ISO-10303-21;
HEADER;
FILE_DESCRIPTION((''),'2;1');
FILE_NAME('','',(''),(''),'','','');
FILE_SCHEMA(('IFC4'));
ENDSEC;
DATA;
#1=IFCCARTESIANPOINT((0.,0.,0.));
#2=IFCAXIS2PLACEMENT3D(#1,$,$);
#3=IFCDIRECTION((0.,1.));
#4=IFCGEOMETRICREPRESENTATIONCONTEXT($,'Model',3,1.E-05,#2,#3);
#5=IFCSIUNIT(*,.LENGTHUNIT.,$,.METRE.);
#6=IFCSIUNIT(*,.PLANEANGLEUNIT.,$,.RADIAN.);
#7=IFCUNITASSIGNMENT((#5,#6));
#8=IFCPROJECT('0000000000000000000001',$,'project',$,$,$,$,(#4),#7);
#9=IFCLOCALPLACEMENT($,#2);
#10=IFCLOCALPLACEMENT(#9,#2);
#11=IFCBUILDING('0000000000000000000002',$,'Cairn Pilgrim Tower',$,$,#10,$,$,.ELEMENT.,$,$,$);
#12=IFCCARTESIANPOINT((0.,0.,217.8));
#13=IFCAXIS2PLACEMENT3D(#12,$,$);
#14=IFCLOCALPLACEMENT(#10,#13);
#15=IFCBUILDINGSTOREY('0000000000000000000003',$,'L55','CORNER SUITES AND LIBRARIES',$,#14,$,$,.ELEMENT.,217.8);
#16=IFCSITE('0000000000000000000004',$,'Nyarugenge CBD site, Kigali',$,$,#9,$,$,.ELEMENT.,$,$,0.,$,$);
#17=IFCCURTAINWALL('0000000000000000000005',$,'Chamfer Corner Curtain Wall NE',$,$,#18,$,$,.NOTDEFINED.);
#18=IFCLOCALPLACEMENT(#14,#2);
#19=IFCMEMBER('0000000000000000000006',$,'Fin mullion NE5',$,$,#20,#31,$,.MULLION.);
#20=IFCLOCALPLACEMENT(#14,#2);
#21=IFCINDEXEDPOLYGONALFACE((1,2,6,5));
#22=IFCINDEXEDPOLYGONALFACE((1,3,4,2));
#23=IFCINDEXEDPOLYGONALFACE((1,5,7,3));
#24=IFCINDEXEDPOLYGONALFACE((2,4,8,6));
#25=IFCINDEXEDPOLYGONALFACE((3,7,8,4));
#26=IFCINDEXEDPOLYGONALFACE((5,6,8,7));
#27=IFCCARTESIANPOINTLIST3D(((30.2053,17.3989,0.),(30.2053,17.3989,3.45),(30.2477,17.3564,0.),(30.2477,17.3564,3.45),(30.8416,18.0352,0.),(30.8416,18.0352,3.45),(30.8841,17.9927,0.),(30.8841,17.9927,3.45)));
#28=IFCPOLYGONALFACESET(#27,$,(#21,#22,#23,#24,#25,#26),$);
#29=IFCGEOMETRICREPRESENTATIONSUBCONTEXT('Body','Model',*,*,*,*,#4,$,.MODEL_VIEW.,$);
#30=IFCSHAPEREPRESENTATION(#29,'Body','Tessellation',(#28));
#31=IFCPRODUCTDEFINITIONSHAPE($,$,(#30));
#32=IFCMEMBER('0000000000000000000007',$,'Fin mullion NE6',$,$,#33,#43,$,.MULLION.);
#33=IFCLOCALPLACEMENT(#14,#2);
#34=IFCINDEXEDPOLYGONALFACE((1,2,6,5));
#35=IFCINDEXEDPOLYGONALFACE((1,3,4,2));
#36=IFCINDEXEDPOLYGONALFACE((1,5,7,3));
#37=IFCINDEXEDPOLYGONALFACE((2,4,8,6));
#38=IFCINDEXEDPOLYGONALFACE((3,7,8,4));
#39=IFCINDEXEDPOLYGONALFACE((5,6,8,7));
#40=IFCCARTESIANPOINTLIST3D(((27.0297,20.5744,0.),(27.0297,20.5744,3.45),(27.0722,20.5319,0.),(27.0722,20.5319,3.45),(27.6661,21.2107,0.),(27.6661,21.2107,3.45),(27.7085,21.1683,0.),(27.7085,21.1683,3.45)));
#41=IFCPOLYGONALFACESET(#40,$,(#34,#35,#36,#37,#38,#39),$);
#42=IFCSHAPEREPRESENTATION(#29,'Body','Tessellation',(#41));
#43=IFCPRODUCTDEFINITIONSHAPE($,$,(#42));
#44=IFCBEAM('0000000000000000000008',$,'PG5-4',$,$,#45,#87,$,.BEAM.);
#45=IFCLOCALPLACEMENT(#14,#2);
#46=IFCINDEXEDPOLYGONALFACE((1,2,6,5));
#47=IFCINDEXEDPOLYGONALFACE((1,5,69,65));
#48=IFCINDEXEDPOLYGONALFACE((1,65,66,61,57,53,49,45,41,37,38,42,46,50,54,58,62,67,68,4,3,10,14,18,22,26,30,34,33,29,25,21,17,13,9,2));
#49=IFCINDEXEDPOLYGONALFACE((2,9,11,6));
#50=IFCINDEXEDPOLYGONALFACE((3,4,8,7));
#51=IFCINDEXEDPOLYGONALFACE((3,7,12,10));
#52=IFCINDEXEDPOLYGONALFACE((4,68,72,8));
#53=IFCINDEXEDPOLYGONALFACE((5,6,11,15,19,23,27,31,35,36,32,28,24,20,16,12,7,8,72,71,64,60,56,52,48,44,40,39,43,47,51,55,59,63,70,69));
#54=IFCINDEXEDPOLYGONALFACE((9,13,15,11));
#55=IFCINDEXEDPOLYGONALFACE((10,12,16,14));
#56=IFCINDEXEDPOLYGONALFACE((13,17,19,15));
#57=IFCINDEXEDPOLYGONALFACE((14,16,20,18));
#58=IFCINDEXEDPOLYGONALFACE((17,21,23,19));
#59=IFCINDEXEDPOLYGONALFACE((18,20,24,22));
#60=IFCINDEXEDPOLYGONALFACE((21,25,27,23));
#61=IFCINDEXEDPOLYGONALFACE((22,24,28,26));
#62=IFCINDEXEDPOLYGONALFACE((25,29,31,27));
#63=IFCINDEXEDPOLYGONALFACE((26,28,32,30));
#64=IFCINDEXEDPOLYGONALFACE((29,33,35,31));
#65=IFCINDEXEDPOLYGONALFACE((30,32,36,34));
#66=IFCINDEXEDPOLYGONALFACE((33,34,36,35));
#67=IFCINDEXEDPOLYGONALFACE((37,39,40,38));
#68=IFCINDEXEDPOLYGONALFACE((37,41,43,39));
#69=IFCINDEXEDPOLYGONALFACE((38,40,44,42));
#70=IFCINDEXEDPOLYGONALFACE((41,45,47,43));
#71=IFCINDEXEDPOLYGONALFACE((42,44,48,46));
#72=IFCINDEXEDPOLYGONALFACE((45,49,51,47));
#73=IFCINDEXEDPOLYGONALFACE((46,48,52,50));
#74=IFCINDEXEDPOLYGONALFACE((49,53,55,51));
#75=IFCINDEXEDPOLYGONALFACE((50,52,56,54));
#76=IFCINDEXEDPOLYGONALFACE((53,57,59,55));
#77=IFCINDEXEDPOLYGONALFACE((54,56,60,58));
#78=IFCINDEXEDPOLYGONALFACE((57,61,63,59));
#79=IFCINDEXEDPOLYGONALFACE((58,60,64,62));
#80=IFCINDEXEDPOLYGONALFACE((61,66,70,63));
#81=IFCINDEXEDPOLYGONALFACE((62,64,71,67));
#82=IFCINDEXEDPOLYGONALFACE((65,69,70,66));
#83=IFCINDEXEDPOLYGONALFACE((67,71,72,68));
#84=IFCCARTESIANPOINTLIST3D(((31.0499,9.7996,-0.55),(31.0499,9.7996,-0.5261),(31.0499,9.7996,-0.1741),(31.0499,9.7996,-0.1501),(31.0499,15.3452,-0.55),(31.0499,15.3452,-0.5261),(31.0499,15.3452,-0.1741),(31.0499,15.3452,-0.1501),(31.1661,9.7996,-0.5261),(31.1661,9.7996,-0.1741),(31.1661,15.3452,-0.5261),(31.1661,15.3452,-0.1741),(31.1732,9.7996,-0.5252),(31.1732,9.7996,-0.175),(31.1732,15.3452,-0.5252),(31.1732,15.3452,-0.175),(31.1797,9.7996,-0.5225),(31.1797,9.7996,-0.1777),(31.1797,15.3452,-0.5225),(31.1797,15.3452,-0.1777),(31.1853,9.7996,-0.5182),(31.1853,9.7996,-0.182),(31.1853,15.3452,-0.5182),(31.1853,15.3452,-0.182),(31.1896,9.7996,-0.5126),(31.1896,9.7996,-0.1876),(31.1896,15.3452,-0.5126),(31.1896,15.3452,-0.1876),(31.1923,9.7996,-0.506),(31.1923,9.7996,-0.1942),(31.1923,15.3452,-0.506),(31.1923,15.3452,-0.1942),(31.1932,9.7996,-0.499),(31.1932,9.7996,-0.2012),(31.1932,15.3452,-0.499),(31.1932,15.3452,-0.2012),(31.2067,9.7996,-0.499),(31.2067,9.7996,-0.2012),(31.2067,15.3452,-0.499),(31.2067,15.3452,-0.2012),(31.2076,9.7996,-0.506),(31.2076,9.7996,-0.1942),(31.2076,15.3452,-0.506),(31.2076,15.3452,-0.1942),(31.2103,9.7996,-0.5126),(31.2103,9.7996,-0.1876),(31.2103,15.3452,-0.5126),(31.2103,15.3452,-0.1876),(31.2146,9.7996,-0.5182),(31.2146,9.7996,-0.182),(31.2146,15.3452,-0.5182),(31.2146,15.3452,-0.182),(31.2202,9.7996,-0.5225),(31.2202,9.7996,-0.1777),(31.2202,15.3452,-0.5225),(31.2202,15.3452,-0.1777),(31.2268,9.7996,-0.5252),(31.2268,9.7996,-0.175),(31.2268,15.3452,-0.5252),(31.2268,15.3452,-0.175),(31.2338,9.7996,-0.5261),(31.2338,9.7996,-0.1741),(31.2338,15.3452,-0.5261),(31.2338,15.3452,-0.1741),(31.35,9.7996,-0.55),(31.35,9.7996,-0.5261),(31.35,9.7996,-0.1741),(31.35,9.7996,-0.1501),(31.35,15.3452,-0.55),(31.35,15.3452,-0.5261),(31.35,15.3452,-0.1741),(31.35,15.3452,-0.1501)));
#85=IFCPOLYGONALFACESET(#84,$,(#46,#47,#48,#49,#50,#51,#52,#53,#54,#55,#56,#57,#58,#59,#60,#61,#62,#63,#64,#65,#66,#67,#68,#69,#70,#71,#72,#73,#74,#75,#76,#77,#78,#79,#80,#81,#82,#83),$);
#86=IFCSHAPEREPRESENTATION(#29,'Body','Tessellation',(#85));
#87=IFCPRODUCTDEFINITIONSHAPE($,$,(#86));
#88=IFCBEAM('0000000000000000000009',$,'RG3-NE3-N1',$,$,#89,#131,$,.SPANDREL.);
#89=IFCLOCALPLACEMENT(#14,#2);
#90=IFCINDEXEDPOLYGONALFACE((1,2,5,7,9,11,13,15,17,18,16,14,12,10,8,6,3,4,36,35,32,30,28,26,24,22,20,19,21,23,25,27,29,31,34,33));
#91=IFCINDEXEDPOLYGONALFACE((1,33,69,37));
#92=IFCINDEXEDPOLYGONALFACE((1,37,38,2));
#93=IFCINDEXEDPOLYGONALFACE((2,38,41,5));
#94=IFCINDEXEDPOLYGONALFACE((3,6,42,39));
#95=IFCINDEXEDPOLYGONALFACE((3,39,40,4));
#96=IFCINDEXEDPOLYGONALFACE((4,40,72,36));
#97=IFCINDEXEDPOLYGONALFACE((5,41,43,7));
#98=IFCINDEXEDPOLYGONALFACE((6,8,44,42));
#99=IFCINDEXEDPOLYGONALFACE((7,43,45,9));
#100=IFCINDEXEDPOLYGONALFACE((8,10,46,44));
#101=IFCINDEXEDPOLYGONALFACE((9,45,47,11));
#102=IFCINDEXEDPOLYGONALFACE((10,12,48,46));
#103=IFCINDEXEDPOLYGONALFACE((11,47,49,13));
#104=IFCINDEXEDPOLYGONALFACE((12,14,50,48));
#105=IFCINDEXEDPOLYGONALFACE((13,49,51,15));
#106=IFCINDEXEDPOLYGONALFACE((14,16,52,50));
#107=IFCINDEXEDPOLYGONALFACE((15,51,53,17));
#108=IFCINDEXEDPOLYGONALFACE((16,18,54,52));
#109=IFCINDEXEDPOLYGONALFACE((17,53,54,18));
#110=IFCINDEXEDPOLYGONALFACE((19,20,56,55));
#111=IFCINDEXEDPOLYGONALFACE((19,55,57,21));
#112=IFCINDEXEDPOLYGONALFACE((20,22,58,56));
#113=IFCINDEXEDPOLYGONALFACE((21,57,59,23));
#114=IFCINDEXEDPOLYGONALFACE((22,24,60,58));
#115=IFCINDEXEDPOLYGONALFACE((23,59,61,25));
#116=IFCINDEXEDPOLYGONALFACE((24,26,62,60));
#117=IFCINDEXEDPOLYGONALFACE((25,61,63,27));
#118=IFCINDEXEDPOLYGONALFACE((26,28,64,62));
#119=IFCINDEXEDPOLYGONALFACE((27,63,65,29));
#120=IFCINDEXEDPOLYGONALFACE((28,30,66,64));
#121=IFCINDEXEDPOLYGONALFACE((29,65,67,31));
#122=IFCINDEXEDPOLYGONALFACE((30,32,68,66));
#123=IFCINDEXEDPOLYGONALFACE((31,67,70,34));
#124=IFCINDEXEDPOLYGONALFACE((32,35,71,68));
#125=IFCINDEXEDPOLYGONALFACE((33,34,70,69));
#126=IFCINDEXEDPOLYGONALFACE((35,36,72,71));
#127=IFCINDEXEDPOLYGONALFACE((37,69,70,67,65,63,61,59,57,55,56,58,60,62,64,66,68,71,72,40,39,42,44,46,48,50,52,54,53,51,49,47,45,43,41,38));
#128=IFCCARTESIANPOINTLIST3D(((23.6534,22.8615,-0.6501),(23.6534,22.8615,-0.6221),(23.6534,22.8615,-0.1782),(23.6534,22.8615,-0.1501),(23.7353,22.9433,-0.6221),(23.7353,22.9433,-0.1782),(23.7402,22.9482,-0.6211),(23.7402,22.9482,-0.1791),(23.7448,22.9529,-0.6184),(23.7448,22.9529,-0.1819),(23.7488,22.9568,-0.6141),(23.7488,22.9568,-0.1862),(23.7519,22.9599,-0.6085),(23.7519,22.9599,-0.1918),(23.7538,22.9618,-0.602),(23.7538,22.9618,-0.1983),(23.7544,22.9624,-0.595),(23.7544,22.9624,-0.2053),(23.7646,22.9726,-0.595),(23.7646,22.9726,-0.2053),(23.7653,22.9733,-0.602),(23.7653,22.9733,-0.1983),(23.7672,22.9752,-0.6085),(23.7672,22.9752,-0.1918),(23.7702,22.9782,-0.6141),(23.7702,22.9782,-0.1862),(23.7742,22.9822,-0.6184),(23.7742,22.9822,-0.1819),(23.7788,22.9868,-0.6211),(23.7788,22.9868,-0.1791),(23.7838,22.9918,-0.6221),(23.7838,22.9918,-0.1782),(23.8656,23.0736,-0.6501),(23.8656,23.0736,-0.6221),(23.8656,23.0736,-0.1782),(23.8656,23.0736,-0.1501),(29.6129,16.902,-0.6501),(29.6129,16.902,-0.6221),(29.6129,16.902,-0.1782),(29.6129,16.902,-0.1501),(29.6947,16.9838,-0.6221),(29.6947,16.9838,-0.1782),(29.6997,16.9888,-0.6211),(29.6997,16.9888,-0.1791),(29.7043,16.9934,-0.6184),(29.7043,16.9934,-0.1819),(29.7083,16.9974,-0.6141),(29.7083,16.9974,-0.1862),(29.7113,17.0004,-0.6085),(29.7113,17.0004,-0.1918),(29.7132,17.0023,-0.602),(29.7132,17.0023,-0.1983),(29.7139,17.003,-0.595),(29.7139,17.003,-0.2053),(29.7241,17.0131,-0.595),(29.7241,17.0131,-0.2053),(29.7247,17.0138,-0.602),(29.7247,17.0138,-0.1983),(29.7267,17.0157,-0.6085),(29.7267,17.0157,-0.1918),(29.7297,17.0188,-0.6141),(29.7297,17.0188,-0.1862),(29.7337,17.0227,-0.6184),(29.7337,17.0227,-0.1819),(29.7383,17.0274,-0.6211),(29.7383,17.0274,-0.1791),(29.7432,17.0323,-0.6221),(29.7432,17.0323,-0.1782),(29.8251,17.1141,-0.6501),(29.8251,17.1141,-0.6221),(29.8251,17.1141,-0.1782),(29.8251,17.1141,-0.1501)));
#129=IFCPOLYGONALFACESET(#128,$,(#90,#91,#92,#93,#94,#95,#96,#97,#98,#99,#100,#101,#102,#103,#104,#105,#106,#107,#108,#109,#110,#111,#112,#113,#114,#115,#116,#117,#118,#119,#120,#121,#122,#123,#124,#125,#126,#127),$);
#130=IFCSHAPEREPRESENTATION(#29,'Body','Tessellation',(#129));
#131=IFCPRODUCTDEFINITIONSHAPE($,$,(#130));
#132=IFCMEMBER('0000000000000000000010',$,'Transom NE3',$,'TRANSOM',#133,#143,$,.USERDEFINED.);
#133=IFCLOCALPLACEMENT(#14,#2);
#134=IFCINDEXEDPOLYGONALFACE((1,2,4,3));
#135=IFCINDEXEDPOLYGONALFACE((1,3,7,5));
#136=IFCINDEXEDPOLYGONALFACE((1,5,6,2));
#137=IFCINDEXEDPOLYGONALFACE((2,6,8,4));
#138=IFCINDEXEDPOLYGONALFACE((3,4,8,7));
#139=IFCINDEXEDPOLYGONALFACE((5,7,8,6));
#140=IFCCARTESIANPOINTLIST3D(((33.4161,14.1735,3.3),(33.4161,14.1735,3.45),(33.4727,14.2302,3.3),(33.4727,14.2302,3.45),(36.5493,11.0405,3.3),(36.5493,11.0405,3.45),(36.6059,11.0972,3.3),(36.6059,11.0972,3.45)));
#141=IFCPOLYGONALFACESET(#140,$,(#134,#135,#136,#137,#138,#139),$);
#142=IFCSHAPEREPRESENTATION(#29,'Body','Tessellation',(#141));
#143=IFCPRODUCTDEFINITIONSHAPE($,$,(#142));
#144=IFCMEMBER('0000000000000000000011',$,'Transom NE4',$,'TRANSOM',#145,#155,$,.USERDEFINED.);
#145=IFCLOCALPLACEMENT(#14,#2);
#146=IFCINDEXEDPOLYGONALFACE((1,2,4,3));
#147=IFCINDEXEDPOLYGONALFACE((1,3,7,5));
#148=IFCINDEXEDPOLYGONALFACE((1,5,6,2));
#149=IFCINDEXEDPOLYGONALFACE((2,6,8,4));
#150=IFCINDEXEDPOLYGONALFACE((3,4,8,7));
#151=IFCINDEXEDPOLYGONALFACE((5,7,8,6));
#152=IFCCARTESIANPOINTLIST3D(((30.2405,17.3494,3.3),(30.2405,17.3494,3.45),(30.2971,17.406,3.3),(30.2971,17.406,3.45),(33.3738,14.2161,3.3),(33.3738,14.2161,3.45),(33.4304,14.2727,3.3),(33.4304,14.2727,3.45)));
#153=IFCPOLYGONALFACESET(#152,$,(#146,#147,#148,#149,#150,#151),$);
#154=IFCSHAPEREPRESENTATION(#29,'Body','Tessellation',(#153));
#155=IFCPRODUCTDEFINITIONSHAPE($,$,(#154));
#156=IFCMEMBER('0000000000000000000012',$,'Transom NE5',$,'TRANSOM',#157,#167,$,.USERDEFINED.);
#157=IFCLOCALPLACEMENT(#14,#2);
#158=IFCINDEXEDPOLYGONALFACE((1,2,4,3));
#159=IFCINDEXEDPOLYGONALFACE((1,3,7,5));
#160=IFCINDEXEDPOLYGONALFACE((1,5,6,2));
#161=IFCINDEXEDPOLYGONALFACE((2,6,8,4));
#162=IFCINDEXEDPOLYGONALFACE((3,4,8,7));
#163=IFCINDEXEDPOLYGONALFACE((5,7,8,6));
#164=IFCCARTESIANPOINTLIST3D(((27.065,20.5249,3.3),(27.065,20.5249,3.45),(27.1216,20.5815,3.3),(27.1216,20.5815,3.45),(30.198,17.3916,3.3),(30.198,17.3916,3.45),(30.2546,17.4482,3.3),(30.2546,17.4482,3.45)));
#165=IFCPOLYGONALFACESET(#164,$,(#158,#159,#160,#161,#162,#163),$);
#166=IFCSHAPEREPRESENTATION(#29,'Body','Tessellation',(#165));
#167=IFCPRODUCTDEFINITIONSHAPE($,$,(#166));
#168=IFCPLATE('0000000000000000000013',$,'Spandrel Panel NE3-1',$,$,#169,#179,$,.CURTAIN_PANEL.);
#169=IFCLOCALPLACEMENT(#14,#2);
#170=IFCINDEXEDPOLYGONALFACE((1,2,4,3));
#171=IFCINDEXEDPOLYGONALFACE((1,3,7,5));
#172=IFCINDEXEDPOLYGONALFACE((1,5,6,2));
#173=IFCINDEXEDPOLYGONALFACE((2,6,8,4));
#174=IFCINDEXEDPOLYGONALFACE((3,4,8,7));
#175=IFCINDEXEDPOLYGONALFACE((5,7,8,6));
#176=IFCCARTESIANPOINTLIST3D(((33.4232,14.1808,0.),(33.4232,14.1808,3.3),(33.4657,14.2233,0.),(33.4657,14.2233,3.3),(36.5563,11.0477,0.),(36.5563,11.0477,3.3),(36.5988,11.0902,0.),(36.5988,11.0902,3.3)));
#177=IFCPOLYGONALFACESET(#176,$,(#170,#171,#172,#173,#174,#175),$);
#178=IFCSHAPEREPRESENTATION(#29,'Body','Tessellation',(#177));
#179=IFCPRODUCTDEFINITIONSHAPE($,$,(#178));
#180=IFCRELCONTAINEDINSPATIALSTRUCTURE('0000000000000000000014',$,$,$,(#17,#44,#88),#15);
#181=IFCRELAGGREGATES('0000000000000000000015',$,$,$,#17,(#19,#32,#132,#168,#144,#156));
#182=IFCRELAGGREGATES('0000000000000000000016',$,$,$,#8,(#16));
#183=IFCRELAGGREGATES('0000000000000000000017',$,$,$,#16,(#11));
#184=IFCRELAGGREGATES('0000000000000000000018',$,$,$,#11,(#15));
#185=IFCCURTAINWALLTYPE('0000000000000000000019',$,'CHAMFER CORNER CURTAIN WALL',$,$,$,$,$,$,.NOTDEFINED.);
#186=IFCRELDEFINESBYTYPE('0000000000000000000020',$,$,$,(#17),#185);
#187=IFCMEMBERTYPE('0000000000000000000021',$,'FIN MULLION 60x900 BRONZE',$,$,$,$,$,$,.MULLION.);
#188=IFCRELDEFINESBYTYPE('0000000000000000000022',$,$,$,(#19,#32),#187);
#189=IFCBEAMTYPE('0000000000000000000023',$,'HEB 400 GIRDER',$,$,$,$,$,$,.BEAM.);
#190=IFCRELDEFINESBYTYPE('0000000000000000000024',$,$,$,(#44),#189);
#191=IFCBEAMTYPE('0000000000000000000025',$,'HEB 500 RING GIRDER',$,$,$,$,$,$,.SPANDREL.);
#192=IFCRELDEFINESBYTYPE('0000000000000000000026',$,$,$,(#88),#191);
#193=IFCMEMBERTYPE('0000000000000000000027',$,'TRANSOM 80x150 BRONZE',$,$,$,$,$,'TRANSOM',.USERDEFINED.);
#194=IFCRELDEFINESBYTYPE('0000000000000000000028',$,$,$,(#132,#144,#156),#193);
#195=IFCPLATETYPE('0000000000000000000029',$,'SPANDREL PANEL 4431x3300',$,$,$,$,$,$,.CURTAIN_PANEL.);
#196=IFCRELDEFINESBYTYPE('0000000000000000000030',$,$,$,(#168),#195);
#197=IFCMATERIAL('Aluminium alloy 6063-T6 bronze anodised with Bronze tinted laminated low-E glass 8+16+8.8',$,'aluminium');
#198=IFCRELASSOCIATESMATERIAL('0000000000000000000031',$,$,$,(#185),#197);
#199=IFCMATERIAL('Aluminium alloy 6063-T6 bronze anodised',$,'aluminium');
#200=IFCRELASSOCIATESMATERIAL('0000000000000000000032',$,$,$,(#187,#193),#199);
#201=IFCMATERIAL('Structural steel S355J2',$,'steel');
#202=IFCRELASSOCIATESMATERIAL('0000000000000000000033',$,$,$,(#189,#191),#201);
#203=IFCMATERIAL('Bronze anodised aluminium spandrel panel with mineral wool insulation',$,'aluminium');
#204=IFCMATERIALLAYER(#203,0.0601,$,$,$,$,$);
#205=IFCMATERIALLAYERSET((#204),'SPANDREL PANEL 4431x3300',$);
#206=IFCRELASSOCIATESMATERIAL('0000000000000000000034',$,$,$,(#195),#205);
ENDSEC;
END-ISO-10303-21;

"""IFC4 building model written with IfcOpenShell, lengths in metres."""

from ifc_helpers import new_model, si_unit, direction, frame, origin, origin_2d, place, context, subcontext, project, spatial, rectangle, i_section, extrude, material, layer, layer_set, material_profile, profile_set, type_object, element, aggregate, save


model = new_model("IFC4")

# Units and contexts
model_context = context("Model", 3, precision=1e-05, world=origin(), true_north=direction((0.0, 1.0)))
body_context = subcontext(model_context, "Body", "Model", "MODEL_VIEW")
ifc_project = project(units=[si_unit("LENGTHUNIT", "METRE"), si_unit("PLANEANGLEUNIT", "RADIAN")], contexts=[model_context])

# Site, building, storey
site_placement = place(None, origin())
site = spatial("IfcSite", under=ifc_project, at=site_placement, Name="Nyarugenge CBD site, Kigali", CompositionType="ELEMENT", RefElevation=0.0)
building_placement = place(site_placement, origin())
building = spatial("IfcBuilding", under=site, at=building_placement, Name="Cairn Pilgrim Tower", CompositionType="ELEMENT")
storey_placement = place(building_placement, frame((0.0, 0.0, 217.8)))
storey = spatial("IfcBuildingStorey", under=building, at=storey_placement, Name="L55", Description="CORNER SUITES AND LIBRARIES", CompositionType="ELEMENT", Elevation=217.8)

# Shared definitions
ifc_material_1 = material(Name="Structural steel S355J2", Category="steel")

# Curtain wall, members
ifc_material_2 = material(Name="Aluminium alloy 6063-T6 bronze anodised with Bronze tinted laminated low-E glass 8+16+8.8", Category="aluminium")
curtain_wall_type = type_object("IfcCurtainWallType", Name="CHAMFER CORNER CURTAIN WALL", PredefinedType="NOTDEFINED", material=ifc_material_2)
curtain_wall_placement = place(storey_placement, origin())
curtain_wall = element("IfcCurtainWall", 1, at=curtain_wall_placement, inside=storey, type_object=curtain_wall_type, Name="Chamfer Corner Curtain Wall NE", PredefinedType="NOTDEFINED")
ifc_material_3 = material(Name="Aluminium alloy 6063-T6 bronze anodised", Category="aluminium")
ifc_material_profile_1 = material_profile(ifc_material_3, rectangle(XDim=0.8999, YDim=0.0601, at=origin_2d()), Name="FIN MULLION 60x900 BRONZE")
ifc_profile_set_1 = profile_set([ifc_material_profile_1], Name="Aluminium alloy 6063-T6 bronze anodised")
member_type_1 = type_object("IfcMemberType", Name="FIN MULLION 60x900 BRONZE", PredefinedType="MULLION", material=ifc_profile_set_1)
member_1_placement = place(storey_placement, frame((30.5447, 17.6958, 0.0), z_axis=(0.0, 0.0, 1.0), x_axis=(0.707107, 0.707107, 0.0)))
member_1 = element("IfcMember", 2, at=member_1_placement, type_object=member_type_1, Name="Fin mullion NE5", PredefinedType="MULLION", context=body_context, shape_type="SweptSolid", body=[
    extrude(rectangle(XDim=0.8999, YDim=0.0601, at=origin_2d()), origin(), (0.0, 0.0, 1.0), 3.45),
])
member_2_placement = place(storey_placement, frame((27.3691, 20.8713, 0.0), z_axis=(0.0, 0.0, 1.0), x_axis=(0.707107, 0.707107, 0.0)))
member_2 = element("IfcMember", 3, at=member_2_placement, type_object=member_type_1, Name="Fin mullion NE6", PredefinedType="MULLION", context=body_context, shape_type="SweptSolid", body=[
    extrude(rectangle(XDim=0.8999, YDim=0.0601, at=origin_2d()), origin(), (0.0, 0.0, 1.0), 3.45),
])

# Beams
ifc_material_profile_2 = material_profile(ifc_material_1, i_section(OverallWidth=0.3, OverallDepth=0.3999, WebThickness=0.0134, FlangeThickness=0.0239, FilletRadius=0.0271, at=origin_2d()), Name="HEB 400")
ifc_profile_set_2 = profile_set([ifc_material_profile_2], Name="Structural steel S355J2")
beam_type_1 = type_object("IfcBeamType", Name="HEB 400 GIRDER", PredefinedType="BEAM", material=ifc_profile_set_2)
beam_1_placement = place(storey_placement, frame((31.2, 9.7996, -0.3501), z_axis=(0.0, 1.0, 0.0), x_axis=(-1.0, 0.0, 0.0)))
element("IfcBeam", 4, at=beam_1_placement, inside=storey, type_object=beam_type_1, Name="PG5-4", PredefinedType="BEAM", context=body_context, shape_type="SweptSolid", body=[
    extrude(i_section(OverallWidth=0.3, OverallDepth=0.3999, WebThickness=0.0134, FlangeThickness=0.0239, FilletRadius=0.0271, at=origin_2d()), origin(), (0.0, 0.0, 1.0), 5.5457),
])
ifc_material_profile_3 = material_profile(ifc_material_1, i_section(OverallWidth=0.3, OverallDepth=0.5, WebThickness=0.0144, FlangeThickness=0.0281, FilletRadius=0.0271, at=origin_2d()), Name="HEB 500")
ifc_profile_set_3 = profile_set([ifc_material_profile_3], Name="Structural steel S355J2")
beam_type_2 = type_object("IfcBeamType", Name="HEB 500 RING GIRDER", PredefinedType="SPANDREL", material=ifc_profile_set_3)
beam_2_placement = place(storey_placement, frame((29.719, 17.0081, -0.4001), z_axis=(-0.707107, 0.707107, 0.0), x_axis=(-0.707107, -0.707107, 0.0)))
element("IfcBeam", 5, at=beam_2_placement, inside=storey, type_object=beam_type_2, Name="RG3-NE3-N1", PredefinedType="SPANDREL", context=body_context, shape_type="SweptSolid", body=[
    extrude(i_section(OverallWidth=0.3, OverallDepth=0.5, WebThickness=0.0144, FlangeThickness=0.0281, FilletRadius=0.0271, at=origin_2d()), origin(), (0.0, 0.0, 1.0), 8.428),
])

# Members
ifc_material_profile_4 = material_profile(ifc_material_3, rectangle(XDim=0.0801, YDim=0.1499, at=origin_2d()), Name="TRANSOM 80x150 BRONZE")
ifc_profile_set_4 = profile_set([ifc_material_profile_4], Name="Aluminium alloy 6063-T6 bronze anodised")
member_type_2 = type_object("IfcMemberType", Name="TRANSOM 80x150 BRONZE", ElementType="TRANSOM", PredefinedType="USERDEFINED", material=ifc_profile_set_4)
member_3_placement = place(storey_placement, frame((36.5776, 11.0688, 3.375), z_axis=(-0.707134, 0.707079, 0.0), x_axis=(-0.707079, -0.707134, 0.0)))
member_3 = element("IfcMember", 6, at=member_3_placement, type_object=member_type_2, Name="Transom NE3", ObjectType="TRANSOM", PredefinedType="USERDEFINED", context=body_context, shape_type="SweptSolid", body=[
    extrude(rectangle(XDim=0.0801, YDim=0.1499, at=origin_2d()), origin(), (0.0, 0.0, 1.0), 4.4309),
])
member_4_placement = place(storey_placement, frame((33.4021, 14.2444, 3.375), z_axis=(-0.707107, 0.707107, 0.0), x_axis=(-0.707107, -0.707107, 0.0)))
member_4 = element("IfcMember", 7, at=member_4_placement, type_object=member_type_2, Name="Transom NE4", ObjectType="TRANSOM", PredefinedType="USERDEFINED", context=body_context, shape_type="SweptSolid", body=[
    extrude(rectangle(XDim=0.0801, YDim=0.1499, at=origin_2d()), origin(), (0.0, 0.0, 1.0), 4.4312),
])
member_5_placement = place(storey_placement, frame((30.2263, 17.4199, 3.375), z_axis=(-0.707079, 0.707134, 0.0), x_axis=(-0.707134, -0.707079, 0.0)))
member_5 = element("IfcMember", 8, at=member_5_placement, type_object=member_type_2, Name="Transom NE5", ObjectType="TRANSOM", PredefinedType="USERDEFINED", context=body_context, shape_type="SweptSolid", body=[
    extrude(rectangle(XDim=0.0801, YDim=0.1499, at=origin_2d()), origin(), (0.0, 0.0, 1.0), 4.4309),
])

# Plate
ifc_material_4 = material(Name="Bronze anodised aluminium spandrel panel with mineral wool insulation", Category="aluminium")
ifc_layer_1 = layer(ifc_material_4, 0.0601)
ifc_layer_set_1 = layer_set([ifc_layer_1], Name="SPANDREL PANEL 4431x3300")
plate_type = type_object("IfcPlateType", Name="SPANDREL PANEL 4431x3300", PredefinedType="CURTAIN_PANEL", material=ifc_layer_set_1)
plate_1_placement = place(storey_placement, frame((35.011, 12.6355, 0.0), z_axis=(0.0, 0.0, 1.0), x_axis=(-0.707107, 0.707107, 0.0)))
plate_1 = element("IfcPlate", 9, at=plate_1_placement, type_object=plate_type, Name="Spandrel Panel NE3-1", PredefinedType="CURTAIN_PANEL", context=body_context, shape_type="SweptSolid", body=[
    extrude(rectangle(XDim=4.4309, YDim=0.0601, at=origin_2d()), origin(), (0.0, 0.0, 1.0), 3.3),
])
aggregate(curtain_wall, [member_1, member_2, member_3, plate_1, member_4, member_5])

save(model, "model.ifc")
